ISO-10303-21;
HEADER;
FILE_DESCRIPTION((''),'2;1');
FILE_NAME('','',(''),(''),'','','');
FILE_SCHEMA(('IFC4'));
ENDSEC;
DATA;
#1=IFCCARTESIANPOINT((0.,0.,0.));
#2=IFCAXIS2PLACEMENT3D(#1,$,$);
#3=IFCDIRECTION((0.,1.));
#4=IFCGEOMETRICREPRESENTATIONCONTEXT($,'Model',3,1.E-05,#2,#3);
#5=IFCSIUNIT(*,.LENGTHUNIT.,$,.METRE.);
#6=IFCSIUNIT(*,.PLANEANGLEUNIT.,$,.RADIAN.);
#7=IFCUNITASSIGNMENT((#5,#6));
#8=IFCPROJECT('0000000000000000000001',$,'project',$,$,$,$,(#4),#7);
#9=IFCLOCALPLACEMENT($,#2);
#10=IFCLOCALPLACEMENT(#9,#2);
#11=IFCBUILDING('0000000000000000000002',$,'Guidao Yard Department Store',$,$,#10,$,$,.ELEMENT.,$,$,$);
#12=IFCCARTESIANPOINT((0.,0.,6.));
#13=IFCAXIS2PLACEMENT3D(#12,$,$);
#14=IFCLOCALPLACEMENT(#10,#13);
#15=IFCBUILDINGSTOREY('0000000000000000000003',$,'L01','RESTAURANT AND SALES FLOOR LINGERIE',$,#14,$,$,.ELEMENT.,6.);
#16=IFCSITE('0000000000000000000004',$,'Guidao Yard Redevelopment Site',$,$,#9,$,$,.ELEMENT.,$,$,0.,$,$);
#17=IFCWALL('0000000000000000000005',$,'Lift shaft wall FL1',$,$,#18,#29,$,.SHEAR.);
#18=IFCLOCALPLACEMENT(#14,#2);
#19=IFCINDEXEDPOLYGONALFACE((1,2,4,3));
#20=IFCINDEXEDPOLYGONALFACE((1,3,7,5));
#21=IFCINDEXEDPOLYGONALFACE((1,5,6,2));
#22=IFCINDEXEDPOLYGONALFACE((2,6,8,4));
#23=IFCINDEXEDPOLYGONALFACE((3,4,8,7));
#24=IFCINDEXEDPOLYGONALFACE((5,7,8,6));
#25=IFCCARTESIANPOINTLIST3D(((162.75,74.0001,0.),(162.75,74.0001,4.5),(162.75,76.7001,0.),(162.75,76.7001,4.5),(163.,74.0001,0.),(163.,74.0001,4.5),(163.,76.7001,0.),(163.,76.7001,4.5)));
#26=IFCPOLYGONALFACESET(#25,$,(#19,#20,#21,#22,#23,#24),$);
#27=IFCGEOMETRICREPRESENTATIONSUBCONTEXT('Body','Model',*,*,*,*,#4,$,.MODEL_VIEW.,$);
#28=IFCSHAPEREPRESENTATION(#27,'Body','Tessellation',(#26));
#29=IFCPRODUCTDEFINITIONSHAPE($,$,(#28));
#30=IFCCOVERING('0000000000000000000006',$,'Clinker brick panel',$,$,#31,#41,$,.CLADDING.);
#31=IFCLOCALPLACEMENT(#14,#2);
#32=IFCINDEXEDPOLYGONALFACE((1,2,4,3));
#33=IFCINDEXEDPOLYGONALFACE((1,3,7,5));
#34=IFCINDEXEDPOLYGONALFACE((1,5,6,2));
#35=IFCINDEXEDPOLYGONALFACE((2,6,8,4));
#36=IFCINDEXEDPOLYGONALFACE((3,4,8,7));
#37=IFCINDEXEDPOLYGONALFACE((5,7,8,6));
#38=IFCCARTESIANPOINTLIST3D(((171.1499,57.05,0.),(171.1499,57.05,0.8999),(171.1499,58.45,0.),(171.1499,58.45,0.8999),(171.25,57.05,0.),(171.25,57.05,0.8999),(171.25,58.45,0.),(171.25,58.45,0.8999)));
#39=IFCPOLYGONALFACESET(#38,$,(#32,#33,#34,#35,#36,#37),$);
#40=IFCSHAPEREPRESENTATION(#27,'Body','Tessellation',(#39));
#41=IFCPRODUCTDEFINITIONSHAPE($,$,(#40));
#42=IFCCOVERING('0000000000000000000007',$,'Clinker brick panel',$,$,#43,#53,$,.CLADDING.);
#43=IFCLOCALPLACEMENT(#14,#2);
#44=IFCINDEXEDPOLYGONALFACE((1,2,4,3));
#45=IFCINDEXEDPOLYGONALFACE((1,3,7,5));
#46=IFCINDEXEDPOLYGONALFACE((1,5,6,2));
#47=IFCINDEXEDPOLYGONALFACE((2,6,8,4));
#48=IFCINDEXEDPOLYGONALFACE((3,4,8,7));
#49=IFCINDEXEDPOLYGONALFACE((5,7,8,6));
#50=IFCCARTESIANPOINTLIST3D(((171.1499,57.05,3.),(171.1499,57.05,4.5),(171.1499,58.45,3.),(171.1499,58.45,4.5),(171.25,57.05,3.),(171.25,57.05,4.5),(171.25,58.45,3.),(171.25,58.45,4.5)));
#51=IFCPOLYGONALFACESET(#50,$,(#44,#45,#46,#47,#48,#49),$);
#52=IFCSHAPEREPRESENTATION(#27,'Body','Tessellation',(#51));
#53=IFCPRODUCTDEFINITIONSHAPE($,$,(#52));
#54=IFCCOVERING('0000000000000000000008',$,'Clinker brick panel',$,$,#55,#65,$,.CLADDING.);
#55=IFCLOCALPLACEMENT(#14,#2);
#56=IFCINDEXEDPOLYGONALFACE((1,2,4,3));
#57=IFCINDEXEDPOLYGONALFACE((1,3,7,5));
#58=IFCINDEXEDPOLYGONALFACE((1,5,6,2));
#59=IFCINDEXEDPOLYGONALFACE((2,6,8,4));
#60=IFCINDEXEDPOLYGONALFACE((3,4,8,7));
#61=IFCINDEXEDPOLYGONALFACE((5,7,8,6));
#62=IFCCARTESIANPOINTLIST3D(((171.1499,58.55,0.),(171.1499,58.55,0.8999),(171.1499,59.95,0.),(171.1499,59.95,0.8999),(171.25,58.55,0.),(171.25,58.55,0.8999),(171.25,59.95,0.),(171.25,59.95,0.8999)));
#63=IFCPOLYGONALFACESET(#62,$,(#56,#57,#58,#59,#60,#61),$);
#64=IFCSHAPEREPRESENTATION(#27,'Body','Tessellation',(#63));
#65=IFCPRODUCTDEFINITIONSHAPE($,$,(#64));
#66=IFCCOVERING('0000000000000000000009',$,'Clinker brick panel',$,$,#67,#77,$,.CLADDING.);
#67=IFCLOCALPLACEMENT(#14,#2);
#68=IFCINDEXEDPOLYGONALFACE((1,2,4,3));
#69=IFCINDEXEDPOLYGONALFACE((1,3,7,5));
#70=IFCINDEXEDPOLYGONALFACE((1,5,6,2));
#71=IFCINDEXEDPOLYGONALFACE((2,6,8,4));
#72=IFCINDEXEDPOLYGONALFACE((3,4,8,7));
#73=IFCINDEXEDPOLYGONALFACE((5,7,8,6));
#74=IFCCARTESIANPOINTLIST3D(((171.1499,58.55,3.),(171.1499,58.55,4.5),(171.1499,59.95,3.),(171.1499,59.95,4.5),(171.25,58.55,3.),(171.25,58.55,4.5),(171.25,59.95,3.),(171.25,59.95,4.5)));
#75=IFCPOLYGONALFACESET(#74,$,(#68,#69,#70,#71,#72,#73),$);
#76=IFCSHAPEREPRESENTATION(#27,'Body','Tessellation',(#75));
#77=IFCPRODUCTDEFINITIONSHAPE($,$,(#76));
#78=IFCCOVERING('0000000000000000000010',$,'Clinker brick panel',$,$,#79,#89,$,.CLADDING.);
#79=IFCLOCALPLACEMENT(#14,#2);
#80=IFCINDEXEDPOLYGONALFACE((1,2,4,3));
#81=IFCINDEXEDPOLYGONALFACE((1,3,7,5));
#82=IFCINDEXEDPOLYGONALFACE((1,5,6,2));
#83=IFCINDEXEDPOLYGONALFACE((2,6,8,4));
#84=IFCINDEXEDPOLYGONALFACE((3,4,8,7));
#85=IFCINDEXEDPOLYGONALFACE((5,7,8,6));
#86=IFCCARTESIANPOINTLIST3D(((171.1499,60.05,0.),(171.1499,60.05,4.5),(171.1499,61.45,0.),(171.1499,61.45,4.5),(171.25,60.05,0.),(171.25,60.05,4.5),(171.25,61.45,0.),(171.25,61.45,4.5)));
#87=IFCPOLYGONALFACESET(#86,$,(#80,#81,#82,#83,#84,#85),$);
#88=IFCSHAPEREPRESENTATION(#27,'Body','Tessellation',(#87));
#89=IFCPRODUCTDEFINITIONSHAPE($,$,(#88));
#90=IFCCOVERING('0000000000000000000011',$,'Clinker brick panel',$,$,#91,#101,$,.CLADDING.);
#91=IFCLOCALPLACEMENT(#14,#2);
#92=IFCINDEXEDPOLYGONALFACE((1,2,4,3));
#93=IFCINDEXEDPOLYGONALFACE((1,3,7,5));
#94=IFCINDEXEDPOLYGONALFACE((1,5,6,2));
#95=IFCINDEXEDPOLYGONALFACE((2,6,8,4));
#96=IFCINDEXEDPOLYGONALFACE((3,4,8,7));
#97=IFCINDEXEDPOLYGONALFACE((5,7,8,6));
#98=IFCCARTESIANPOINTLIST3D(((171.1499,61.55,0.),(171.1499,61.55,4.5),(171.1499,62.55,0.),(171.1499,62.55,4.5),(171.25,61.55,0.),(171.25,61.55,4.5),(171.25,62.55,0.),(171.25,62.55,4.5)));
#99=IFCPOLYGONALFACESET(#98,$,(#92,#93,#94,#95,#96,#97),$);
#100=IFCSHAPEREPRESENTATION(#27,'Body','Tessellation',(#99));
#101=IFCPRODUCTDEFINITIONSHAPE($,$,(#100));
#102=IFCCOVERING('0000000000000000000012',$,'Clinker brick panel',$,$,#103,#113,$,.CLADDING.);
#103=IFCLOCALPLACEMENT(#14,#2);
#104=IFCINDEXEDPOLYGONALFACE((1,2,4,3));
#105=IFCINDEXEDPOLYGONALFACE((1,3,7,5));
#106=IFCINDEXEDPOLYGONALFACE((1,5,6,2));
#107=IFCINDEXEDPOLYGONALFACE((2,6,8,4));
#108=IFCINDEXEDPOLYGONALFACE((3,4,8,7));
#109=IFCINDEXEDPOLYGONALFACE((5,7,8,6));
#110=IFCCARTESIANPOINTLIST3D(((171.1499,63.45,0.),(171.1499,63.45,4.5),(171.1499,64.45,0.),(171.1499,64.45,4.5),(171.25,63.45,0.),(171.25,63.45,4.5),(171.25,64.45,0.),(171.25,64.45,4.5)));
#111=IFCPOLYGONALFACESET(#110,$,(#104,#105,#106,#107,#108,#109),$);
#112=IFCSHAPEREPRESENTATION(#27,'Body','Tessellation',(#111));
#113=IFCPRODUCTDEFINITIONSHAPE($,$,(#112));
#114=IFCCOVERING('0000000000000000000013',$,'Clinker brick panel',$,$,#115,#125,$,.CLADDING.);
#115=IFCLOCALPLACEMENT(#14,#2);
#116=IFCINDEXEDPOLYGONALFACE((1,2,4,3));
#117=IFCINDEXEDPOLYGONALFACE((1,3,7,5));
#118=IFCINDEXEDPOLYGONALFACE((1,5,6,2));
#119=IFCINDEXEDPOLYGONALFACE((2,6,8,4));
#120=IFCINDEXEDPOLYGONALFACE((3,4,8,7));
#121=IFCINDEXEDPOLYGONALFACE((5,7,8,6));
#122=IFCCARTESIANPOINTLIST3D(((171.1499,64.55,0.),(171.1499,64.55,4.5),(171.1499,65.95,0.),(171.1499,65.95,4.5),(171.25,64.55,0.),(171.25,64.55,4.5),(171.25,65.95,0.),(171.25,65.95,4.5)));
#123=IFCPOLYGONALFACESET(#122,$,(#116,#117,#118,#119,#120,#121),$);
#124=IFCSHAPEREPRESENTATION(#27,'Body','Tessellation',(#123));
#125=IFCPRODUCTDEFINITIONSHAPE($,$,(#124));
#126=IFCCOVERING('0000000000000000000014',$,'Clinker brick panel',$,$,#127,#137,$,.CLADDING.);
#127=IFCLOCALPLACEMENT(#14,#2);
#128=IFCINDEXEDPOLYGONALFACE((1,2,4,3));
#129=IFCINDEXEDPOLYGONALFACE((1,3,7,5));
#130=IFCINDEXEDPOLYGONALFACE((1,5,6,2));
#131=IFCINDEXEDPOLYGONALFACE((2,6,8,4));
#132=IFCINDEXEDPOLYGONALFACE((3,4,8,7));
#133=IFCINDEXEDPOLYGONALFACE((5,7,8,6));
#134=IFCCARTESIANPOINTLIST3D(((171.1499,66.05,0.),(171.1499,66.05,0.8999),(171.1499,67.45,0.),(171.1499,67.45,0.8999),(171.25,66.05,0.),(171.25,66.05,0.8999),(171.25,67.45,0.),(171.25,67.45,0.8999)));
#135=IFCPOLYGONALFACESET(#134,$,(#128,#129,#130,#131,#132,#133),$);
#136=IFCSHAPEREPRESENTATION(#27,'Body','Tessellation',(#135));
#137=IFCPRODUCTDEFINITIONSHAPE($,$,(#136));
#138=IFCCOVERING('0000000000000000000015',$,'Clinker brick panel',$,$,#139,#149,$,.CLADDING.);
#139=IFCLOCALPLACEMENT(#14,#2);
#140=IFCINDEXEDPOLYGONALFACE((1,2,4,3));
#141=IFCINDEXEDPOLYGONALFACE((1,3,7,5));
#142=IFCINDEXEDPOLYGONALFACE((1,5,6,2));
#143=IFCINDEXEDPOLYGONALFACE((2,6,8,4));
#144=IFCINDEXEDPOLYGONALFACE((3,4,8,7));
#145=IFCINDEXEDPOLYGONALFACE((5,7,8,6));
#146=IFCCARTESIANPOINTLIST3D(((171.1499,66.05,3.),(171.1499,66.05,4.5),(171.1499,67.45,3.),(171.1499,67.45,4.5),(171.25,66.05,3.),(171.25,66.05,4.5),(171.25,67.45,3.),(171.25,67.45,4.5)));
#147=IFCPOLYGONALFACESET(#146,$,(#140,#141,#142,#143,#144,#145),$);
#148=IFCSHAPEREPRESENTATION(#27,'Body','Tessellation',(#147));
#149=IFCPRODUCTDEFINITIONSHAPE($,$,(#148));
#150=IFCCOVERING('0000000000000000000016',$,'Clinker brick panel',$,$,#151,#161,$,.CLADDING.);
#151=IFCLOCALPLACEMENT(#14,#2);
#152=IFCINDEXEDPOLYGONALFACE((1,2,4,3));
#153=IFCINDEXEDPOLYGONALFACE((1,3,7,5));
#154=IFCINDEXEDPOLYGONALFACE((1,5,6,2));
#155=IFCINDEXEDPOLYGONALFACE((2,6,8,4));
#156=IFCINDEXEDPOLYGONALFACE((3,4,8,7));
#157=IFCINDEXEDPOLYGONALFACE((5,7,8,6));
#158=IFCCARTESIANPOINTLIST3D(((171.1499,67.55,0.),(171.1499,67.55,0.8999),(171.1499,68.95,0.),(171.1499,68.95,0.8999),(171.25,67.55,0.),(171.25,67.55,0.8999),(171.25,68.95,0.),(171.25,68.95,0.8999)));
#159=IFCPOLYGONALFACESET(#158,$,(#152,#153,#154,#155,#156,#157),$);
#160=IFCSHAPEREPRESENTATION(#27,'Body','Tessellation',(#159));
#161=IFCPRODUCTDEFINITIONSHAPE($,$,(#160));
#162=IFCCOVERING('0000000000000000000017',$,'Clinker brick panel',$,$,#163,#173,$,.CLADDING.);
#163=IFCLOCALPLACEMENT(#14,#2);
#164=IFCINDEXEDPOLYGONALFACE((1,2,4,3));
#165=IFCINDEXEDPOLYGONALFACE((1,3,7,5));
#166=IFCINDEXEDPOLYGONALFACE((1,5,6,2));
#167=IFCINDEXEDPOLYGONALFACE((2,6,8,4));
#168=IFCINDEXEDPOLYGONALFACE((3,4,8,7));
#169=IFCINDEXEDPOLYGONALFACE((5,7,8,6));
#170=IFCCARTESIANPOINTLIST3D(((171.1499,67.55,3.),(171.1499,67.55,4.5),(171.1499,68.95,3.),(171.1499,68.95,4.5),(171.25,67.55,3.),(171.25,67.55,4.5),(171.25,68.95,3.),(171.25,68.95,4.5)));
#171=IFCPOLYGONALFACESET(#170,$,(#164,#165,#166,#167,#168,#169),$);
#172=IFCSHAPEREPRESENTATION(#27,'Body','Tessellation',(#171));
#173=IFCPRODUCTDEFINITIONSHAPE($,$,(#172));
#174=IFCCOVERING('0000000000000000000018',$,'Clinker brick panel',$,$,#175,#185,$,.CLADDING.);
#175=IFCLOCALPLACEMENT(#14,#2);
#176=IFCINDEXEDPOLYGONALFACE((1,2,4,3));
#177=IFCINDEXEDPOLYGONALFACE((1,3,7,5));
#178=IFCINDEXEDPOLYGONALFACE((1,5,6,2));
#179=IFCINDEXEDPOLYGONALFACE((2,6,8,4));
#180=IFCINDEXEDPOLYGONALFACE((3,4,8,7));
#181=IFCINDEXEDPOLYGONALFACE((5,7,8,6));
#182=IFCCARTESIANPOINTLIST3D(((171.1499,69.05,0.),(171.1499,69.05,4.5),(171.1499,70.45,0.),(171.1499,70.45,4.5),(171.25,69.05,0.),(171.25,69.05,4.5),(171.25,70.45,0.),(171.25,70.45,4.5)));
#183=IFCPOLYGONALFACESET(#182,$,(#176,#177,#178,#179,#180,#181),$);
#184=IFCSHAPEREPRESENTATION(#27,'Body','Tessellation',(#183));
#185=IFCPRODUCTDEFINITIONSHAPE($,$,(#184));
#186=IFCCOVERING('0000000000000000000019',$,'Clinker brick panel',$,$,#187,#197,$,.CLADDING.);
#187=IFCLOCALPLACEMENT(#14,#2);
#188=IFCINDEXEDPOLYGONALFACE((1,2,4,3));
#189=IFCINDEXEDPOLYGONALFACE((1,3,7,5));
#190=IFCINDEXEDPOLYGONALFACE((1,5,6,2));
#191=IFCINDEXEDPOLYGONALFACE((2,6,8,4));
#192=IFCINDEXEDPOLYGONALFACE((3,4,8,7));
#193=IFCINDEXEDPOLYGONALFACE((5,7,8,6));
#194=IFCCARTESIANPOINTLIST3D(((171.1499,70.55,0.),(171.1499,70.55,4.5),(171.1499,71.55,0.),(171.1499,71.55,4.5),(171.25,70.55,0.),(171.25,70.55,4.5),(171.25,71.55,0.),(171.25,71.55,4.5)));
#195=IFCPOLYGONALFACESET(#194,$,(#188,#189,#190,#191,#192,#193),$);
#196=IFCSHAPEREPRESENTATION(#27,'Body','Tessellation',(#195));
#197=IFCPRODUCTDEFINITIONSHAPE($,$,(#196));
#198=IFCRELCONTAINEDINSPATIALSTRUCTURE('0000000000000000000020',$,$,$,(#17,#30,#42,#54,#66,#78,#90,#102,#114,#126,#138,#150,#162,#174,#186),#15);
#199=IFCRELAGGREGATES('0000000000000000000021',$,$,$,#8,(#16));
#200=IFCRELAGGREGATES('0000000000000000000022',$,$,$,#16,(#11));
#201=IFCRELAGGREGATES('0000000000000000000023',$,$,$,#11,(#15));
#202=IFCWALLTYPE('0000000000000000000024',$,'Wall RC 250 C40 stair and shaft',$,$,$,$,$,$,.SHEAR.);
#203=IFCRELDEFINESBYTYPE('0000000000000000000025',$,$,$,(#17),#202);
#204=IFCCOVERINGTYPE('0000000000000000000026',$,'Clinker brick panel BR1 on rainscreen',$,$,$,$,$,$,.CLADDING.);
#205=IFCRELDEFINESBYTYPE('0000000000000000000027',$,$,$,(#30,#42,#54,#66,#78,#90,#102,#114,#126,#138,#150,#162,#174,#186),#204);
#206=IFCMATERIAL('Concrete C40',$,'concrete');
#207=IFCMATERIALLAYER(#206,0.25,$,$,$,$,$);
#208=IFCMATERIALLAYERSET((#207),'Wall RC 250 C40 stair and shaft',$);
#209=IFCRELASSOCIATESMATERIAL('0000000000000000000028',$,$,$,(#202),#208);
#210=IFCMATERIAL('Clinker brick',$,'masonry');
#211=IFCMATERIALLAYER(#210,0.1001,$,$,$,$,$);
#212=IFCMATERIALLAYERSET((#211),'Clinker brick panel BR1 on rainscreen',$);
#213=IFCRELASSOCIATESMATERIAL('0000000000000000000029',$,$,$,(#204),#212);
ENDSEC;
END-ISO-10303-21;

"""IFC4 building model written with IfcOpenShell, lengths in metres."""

from ifc_helpers import new_model, si_unit, direction, frame, frame_2d, origin, origin_2d, place, context, subcontext, project, spatial, rectangle, extrude, material, layer, layer_set, type_object, element, save


model = new_model("IFC4")

# Units and contexts
model_context = context("Model", 3, precision=1e-05, world=origin(), true_north=direction((0.0, 1.0)))
body_context = subcontext(model_context, "Body", "Model", "MODEL_VIEW")
ifc_project = project(units=[si_unit("LENGTHUNIT", "METRE"), si_unit("PLANEANGLEUNIT", "RADIAN")], contexts=[model_context])

# Site, building, storey
site_placement = place(None, origin())
site = spatial("IfcSite", under=ifc_project, at=site_placement, Name="Guidao Yard Redevelopment Site", CompositionType="ELEMENT", RefElevation=0.0)
building_placement = place(site_placement, origin())
building = spatial("IfcBuilding", under=site, at=building_placement, Name="Guidao Yard Department Store", CompositionType="ELEMENT")
storey_placement = place(building_placement, frame((0.0, 0.0, 6.0)))
storey = spatial("IfcBuildingStorey", under=building, at=storey_placement, Name="L01", Description="RESTAURANT AND SALES FLOOR LINGERIE", CompositionType="ELEMENT", Elevation=6.0)

# Shared definitions
ifc_material_1 = material(Name="Concrete C40", Category="concrete")
ifc_layer_1 = layer(ifc_material_1, 0.25)
ifc_layer_set_1 = layer_set([ifc_layer_1], Name="Wall RC 250 C40 stair and shaft")
wall_type_1 = type_object("IfcWallType", Name="Wall RC 250 C40 stair and shaft", PredefinedType="SHEAR", material=ifc_layer_set_1)

# Wall
wall_1_placement = place(storey_placement, frame((162.875, 74.0, 0.0), z_axis=(0.0, 0.0, 1.0), x_axis=(0.0, 1.0, 0.0)))
element("IfcWall", 1, at=wall_1_placement, inside=storey, type_object=wall_type_1, Name="Lift shaft wall FL1", PredefinedType="SHEAR", context=body_context, shape_type="SweptSolid", body=[
    extrude(rectangle(XDim=2.7, YDim=0.25, at=frame_2d((1.3501, 0.0))), origin(), (0.0, 0.0, 1.0), 4.5),
])

# Coverings
ifc_material_2 = material(Name="Clinker brick", Category="masonry")
ifc_layer_2 = layer(ifc_material_2, 0.1001)
ifc_layer_set_2 = layer_set([ifc_layer_2], Name="Clinker brick panel BR1 on rainscreen")
covering_type = type_object("IfcCoveringType", Name="Clinker brick panel BR1 on rainscreen", PredefinedType="CLADDING", material=ifc_layer_set_2)
covering_1_placement = place(storey_placement, frame((171.2, 57.75, 0.0), z_axis=(0.0, 0.0, 1.0), x_axis=(0.0, -1.0, 0.0)))
element("IfcCovering", 2, at=covering_1_placement, inside=storey, type_object=covering_type, Name="Clinker brick panel", PredefinedType="CLADDING", context=body_context, shape_type="SweptSolid", body=[
    extrude(rectangle(XDim=1.3999, YDim=0.1001, at=origin_2d()), origin(), (0.0, 0.0, 1.0), 0.8999),
])
covering_2_placement = place(storey_placement, frame((171.2, 57.75, 3.0), z_axis=(0.0, 0.0, 1.0), x_axis=(0.0, -1.0, 0.0)))
element("IfcCovering", 3, at=covering_2_placement, inside=storey, type_object=covering_type, Name="Clinker brick panel", PredefinedType="CLADDING", context=body_context, shape_type="SweptSolid", body=[
    extrude(rectangle(XDim=1.3999, YDim=0.1001, at=origin_2d()), origin(), (0.0, 0.0, 1.0), 1.5),
])
covering_3_placement = place(storey_placement, frame((171.2, 59.25, 0.0), z_axis=(0.0, 0.0, 1.0), x_axis=(0.0, -1.0, 0.0)))
element("IfcCovering", 4, at=covering_3_placement, inside=storey, type_object=covering_type, Name="Clinker brick panel", PredefinedType="CLADDING", context=body_context, shape_type="SweptSolid", body=[
    extrude(rectangle(XDim=1.3999, YDim=0.1001, at=origin_2d()), origin(), (0.0, 0.0, 1.0), 0.8999),
])
covering_4_placement = place(storey_placement, frame((171.2, 59.25, 3.0), z_axis=(0.0, 0.0, 1.0), x_axis=(0.0, -1.0, 0.0)))
element("IfcCovering", 5, at=covering_4_placement, inside=storey, type_object=covering_type, Name="Clinker brick panel", PredefinedType="CLADDING", context=body_context, shape_type="SweptSolid", body=[
    extrude(rectangle(XDim=1.3999, YDim=0.1001, at=origin_2d()), origin(), (0.0, 0.0, 1.0), 1.5),
])
covering_5_placement = place(storey_placement, frame((171.2, 60.75, 0.0), z_axis=(0.0, 0.0, 1.0), x_axis=(0.0, -1.0, 0.0)))
element("IfcCovering", 6, at=covering_5_placement, inside=storey, type_object=covering_type, Name="Clinker brick panel", PredefinedType="CLADDING", context=body_context, shape_type="SweptSolid", body=[
    extrude(rectangle(XDim=1.3999, YDim=0.1001, at=origin_2d()), origin(), (0.0, 0.0, 1.0), 4.5),
])
for number, where, z_axis, x_axis, name in (
    (7, (171.2, 62.05, 0.0), (0.0, 0.0, 1.0), (0.0, -1.0, 0.0), "Clinker brick panel"),
    (8, (171.2, 63.95, 0.0), (0.0, 0.0, 1.0), (0.0, -1.0, 0.0), "Clinker brick panel"),
):
    element("IfcCovering", number, at=place(storey_placement, frame(where, z_axis=z_axis, x_axis=x_axis)), inside=storey, type_object=covering_type, Name=name, PredefinedType="CLADDING", context=body_context, shape_type="SweptSolid", body=[
        extrude(rectangle(XDim=1.0, YDim=0.1001, at=origin_2d()), origin(), (0.0, 0.0, 1.0), 4.5),
    ])
covering_6_placement = place(storey_placement, frame((171.2, 65.25, 0.0), z_axis=(0.0, 0.0, 1.0), x_axis=(0.0, -1.0, 0.0)))
element("IfcCovering", 9, at=covering_6_placement, inside=storey, type_object=covering_type, Name="Clinker brick panel", PredefinedType="CLADDING", context=body_context, shape_type="SweptSolid", body=[
    extrude(rectangle(XDim=1.3999, YDim=0.1001, at=origin_2d()), origin(), (0.0, 0.0, 1.0), 4.5),
])
covering_7_placement = place(storey_placement, frame((171.2, 66.75, 0.0), z_axis=(0.0, 0.0, 1.0), x_axis=(0.0, -1.0, 0.0)))
element("IfcCovering", 10, at=covering_7_placement, inside=storey, type_object=covering_type, Name="Clinker brick panel", PredefinedType="CLADDING", context=body_context, shape_type="SweptSolid", body=[
    extrude(rectangle(XDim=1.3999, YDim=0.1001, at=origin_2d()), origin(), (0.0, 0.0, 1.0), 0.8999),
])
covering_8_placement = place(storey_placement, frame((171.2, 66.75, 3.0), z_axis=(0.0, 0.0, 1.0), x_axis=(0.0, -1.0, 0.0)))
element("IfcCovering", 11, at=covering_8_placement, inside=storey, type_object=covering_type, Name="Clinker brick panel", PredefinedType="CLADDING", context=body_context, shape_type="SweptSolid", body=[
    extrude(rectangle(XDim=1.3999, YDim=0.1001, at=origin_2d()), origin(), (0.0, 0.0, 1.0), 1.5),
])
covering_9_placement = place(storey_placement, frame((171.2, 68.25, 0.0), z_axis=(0.0, 0.0, 1.0), x_axis=(0.0, -1.0, 0.0)))
element("IfcCovering", 12, at=covering_9_placement, inside=storey, type_object=covering_type, Name="Clinker brick panel", PredefinedType="CLADDING", context=body_context, shape_type="SweptSolid", body=[
    extrude(rectangle(XDim=1.3999, YDim=0.1001, at=origin_2d()), origin(), (0.0, 0.0, 1.0), 0.8999),
])
covering_10_placement = place(storey_placement, frame((171.2, 68.25, 3.0), z_axis=(0.0, 0.0, 1.0), x_axis=(0.0, -1.0, 0.0)))
element("IfcCovering", 13, at=covering_10_placement, inside=storey, type_object=covering_type, Name="Clinker brick panel", PredefinedType="CLADDING", context=body_context, shape_type="SweptSolid", body=[
    extrude(rectangle(XDim=1.3999, YDim=0.1001, at=origin_2d()), origin(), (0.0, 0.0, 1.0), 1.5),
])
covering_11_placement = place(storey_placement, frame((171.2, 69.75, 0.0), z_axis=(0.0, 0.0, 1.0), x_axis=(0.0, -1.0, 0.0)))
element("IfcCovering", 14, at=covering_11_placement, inside=storey, type_object=covering_type, Name="Clinker brick panel", PredefinedType="CLADDING", context=body_context, shape_type="SweptSolid", body=[
    extrude(rectangle(XDim=1.3999, YDim=0.1001, at=origin_2d()), origin(), (0.0, 0.0, 1.0), 4.5),
])
for number, where, z_axis, x_axis, name in (
    (15, (171.2, 71.05, 0.0), (0.0, 0.0, 1.0), (0.0, -1.0, 0.0), "Clinker brick panel"),
):
    element("IfcCovering", number, at=place(storey_placement, frame(where, z_axis=z_axis, x_axis=x_axis)), inside=storey, type_object=covering_type, Name=name, PredefinedType="CLADDING", context=body_context, shape_type="SweptSolid", body=[
        extrude(rectangle(XDim=1.0, YDim=0.1001, at=origin_2d()), origin(), (0.0, 0.0, 1.0), 4.5),
    ])

save(model, "model.ifc")
